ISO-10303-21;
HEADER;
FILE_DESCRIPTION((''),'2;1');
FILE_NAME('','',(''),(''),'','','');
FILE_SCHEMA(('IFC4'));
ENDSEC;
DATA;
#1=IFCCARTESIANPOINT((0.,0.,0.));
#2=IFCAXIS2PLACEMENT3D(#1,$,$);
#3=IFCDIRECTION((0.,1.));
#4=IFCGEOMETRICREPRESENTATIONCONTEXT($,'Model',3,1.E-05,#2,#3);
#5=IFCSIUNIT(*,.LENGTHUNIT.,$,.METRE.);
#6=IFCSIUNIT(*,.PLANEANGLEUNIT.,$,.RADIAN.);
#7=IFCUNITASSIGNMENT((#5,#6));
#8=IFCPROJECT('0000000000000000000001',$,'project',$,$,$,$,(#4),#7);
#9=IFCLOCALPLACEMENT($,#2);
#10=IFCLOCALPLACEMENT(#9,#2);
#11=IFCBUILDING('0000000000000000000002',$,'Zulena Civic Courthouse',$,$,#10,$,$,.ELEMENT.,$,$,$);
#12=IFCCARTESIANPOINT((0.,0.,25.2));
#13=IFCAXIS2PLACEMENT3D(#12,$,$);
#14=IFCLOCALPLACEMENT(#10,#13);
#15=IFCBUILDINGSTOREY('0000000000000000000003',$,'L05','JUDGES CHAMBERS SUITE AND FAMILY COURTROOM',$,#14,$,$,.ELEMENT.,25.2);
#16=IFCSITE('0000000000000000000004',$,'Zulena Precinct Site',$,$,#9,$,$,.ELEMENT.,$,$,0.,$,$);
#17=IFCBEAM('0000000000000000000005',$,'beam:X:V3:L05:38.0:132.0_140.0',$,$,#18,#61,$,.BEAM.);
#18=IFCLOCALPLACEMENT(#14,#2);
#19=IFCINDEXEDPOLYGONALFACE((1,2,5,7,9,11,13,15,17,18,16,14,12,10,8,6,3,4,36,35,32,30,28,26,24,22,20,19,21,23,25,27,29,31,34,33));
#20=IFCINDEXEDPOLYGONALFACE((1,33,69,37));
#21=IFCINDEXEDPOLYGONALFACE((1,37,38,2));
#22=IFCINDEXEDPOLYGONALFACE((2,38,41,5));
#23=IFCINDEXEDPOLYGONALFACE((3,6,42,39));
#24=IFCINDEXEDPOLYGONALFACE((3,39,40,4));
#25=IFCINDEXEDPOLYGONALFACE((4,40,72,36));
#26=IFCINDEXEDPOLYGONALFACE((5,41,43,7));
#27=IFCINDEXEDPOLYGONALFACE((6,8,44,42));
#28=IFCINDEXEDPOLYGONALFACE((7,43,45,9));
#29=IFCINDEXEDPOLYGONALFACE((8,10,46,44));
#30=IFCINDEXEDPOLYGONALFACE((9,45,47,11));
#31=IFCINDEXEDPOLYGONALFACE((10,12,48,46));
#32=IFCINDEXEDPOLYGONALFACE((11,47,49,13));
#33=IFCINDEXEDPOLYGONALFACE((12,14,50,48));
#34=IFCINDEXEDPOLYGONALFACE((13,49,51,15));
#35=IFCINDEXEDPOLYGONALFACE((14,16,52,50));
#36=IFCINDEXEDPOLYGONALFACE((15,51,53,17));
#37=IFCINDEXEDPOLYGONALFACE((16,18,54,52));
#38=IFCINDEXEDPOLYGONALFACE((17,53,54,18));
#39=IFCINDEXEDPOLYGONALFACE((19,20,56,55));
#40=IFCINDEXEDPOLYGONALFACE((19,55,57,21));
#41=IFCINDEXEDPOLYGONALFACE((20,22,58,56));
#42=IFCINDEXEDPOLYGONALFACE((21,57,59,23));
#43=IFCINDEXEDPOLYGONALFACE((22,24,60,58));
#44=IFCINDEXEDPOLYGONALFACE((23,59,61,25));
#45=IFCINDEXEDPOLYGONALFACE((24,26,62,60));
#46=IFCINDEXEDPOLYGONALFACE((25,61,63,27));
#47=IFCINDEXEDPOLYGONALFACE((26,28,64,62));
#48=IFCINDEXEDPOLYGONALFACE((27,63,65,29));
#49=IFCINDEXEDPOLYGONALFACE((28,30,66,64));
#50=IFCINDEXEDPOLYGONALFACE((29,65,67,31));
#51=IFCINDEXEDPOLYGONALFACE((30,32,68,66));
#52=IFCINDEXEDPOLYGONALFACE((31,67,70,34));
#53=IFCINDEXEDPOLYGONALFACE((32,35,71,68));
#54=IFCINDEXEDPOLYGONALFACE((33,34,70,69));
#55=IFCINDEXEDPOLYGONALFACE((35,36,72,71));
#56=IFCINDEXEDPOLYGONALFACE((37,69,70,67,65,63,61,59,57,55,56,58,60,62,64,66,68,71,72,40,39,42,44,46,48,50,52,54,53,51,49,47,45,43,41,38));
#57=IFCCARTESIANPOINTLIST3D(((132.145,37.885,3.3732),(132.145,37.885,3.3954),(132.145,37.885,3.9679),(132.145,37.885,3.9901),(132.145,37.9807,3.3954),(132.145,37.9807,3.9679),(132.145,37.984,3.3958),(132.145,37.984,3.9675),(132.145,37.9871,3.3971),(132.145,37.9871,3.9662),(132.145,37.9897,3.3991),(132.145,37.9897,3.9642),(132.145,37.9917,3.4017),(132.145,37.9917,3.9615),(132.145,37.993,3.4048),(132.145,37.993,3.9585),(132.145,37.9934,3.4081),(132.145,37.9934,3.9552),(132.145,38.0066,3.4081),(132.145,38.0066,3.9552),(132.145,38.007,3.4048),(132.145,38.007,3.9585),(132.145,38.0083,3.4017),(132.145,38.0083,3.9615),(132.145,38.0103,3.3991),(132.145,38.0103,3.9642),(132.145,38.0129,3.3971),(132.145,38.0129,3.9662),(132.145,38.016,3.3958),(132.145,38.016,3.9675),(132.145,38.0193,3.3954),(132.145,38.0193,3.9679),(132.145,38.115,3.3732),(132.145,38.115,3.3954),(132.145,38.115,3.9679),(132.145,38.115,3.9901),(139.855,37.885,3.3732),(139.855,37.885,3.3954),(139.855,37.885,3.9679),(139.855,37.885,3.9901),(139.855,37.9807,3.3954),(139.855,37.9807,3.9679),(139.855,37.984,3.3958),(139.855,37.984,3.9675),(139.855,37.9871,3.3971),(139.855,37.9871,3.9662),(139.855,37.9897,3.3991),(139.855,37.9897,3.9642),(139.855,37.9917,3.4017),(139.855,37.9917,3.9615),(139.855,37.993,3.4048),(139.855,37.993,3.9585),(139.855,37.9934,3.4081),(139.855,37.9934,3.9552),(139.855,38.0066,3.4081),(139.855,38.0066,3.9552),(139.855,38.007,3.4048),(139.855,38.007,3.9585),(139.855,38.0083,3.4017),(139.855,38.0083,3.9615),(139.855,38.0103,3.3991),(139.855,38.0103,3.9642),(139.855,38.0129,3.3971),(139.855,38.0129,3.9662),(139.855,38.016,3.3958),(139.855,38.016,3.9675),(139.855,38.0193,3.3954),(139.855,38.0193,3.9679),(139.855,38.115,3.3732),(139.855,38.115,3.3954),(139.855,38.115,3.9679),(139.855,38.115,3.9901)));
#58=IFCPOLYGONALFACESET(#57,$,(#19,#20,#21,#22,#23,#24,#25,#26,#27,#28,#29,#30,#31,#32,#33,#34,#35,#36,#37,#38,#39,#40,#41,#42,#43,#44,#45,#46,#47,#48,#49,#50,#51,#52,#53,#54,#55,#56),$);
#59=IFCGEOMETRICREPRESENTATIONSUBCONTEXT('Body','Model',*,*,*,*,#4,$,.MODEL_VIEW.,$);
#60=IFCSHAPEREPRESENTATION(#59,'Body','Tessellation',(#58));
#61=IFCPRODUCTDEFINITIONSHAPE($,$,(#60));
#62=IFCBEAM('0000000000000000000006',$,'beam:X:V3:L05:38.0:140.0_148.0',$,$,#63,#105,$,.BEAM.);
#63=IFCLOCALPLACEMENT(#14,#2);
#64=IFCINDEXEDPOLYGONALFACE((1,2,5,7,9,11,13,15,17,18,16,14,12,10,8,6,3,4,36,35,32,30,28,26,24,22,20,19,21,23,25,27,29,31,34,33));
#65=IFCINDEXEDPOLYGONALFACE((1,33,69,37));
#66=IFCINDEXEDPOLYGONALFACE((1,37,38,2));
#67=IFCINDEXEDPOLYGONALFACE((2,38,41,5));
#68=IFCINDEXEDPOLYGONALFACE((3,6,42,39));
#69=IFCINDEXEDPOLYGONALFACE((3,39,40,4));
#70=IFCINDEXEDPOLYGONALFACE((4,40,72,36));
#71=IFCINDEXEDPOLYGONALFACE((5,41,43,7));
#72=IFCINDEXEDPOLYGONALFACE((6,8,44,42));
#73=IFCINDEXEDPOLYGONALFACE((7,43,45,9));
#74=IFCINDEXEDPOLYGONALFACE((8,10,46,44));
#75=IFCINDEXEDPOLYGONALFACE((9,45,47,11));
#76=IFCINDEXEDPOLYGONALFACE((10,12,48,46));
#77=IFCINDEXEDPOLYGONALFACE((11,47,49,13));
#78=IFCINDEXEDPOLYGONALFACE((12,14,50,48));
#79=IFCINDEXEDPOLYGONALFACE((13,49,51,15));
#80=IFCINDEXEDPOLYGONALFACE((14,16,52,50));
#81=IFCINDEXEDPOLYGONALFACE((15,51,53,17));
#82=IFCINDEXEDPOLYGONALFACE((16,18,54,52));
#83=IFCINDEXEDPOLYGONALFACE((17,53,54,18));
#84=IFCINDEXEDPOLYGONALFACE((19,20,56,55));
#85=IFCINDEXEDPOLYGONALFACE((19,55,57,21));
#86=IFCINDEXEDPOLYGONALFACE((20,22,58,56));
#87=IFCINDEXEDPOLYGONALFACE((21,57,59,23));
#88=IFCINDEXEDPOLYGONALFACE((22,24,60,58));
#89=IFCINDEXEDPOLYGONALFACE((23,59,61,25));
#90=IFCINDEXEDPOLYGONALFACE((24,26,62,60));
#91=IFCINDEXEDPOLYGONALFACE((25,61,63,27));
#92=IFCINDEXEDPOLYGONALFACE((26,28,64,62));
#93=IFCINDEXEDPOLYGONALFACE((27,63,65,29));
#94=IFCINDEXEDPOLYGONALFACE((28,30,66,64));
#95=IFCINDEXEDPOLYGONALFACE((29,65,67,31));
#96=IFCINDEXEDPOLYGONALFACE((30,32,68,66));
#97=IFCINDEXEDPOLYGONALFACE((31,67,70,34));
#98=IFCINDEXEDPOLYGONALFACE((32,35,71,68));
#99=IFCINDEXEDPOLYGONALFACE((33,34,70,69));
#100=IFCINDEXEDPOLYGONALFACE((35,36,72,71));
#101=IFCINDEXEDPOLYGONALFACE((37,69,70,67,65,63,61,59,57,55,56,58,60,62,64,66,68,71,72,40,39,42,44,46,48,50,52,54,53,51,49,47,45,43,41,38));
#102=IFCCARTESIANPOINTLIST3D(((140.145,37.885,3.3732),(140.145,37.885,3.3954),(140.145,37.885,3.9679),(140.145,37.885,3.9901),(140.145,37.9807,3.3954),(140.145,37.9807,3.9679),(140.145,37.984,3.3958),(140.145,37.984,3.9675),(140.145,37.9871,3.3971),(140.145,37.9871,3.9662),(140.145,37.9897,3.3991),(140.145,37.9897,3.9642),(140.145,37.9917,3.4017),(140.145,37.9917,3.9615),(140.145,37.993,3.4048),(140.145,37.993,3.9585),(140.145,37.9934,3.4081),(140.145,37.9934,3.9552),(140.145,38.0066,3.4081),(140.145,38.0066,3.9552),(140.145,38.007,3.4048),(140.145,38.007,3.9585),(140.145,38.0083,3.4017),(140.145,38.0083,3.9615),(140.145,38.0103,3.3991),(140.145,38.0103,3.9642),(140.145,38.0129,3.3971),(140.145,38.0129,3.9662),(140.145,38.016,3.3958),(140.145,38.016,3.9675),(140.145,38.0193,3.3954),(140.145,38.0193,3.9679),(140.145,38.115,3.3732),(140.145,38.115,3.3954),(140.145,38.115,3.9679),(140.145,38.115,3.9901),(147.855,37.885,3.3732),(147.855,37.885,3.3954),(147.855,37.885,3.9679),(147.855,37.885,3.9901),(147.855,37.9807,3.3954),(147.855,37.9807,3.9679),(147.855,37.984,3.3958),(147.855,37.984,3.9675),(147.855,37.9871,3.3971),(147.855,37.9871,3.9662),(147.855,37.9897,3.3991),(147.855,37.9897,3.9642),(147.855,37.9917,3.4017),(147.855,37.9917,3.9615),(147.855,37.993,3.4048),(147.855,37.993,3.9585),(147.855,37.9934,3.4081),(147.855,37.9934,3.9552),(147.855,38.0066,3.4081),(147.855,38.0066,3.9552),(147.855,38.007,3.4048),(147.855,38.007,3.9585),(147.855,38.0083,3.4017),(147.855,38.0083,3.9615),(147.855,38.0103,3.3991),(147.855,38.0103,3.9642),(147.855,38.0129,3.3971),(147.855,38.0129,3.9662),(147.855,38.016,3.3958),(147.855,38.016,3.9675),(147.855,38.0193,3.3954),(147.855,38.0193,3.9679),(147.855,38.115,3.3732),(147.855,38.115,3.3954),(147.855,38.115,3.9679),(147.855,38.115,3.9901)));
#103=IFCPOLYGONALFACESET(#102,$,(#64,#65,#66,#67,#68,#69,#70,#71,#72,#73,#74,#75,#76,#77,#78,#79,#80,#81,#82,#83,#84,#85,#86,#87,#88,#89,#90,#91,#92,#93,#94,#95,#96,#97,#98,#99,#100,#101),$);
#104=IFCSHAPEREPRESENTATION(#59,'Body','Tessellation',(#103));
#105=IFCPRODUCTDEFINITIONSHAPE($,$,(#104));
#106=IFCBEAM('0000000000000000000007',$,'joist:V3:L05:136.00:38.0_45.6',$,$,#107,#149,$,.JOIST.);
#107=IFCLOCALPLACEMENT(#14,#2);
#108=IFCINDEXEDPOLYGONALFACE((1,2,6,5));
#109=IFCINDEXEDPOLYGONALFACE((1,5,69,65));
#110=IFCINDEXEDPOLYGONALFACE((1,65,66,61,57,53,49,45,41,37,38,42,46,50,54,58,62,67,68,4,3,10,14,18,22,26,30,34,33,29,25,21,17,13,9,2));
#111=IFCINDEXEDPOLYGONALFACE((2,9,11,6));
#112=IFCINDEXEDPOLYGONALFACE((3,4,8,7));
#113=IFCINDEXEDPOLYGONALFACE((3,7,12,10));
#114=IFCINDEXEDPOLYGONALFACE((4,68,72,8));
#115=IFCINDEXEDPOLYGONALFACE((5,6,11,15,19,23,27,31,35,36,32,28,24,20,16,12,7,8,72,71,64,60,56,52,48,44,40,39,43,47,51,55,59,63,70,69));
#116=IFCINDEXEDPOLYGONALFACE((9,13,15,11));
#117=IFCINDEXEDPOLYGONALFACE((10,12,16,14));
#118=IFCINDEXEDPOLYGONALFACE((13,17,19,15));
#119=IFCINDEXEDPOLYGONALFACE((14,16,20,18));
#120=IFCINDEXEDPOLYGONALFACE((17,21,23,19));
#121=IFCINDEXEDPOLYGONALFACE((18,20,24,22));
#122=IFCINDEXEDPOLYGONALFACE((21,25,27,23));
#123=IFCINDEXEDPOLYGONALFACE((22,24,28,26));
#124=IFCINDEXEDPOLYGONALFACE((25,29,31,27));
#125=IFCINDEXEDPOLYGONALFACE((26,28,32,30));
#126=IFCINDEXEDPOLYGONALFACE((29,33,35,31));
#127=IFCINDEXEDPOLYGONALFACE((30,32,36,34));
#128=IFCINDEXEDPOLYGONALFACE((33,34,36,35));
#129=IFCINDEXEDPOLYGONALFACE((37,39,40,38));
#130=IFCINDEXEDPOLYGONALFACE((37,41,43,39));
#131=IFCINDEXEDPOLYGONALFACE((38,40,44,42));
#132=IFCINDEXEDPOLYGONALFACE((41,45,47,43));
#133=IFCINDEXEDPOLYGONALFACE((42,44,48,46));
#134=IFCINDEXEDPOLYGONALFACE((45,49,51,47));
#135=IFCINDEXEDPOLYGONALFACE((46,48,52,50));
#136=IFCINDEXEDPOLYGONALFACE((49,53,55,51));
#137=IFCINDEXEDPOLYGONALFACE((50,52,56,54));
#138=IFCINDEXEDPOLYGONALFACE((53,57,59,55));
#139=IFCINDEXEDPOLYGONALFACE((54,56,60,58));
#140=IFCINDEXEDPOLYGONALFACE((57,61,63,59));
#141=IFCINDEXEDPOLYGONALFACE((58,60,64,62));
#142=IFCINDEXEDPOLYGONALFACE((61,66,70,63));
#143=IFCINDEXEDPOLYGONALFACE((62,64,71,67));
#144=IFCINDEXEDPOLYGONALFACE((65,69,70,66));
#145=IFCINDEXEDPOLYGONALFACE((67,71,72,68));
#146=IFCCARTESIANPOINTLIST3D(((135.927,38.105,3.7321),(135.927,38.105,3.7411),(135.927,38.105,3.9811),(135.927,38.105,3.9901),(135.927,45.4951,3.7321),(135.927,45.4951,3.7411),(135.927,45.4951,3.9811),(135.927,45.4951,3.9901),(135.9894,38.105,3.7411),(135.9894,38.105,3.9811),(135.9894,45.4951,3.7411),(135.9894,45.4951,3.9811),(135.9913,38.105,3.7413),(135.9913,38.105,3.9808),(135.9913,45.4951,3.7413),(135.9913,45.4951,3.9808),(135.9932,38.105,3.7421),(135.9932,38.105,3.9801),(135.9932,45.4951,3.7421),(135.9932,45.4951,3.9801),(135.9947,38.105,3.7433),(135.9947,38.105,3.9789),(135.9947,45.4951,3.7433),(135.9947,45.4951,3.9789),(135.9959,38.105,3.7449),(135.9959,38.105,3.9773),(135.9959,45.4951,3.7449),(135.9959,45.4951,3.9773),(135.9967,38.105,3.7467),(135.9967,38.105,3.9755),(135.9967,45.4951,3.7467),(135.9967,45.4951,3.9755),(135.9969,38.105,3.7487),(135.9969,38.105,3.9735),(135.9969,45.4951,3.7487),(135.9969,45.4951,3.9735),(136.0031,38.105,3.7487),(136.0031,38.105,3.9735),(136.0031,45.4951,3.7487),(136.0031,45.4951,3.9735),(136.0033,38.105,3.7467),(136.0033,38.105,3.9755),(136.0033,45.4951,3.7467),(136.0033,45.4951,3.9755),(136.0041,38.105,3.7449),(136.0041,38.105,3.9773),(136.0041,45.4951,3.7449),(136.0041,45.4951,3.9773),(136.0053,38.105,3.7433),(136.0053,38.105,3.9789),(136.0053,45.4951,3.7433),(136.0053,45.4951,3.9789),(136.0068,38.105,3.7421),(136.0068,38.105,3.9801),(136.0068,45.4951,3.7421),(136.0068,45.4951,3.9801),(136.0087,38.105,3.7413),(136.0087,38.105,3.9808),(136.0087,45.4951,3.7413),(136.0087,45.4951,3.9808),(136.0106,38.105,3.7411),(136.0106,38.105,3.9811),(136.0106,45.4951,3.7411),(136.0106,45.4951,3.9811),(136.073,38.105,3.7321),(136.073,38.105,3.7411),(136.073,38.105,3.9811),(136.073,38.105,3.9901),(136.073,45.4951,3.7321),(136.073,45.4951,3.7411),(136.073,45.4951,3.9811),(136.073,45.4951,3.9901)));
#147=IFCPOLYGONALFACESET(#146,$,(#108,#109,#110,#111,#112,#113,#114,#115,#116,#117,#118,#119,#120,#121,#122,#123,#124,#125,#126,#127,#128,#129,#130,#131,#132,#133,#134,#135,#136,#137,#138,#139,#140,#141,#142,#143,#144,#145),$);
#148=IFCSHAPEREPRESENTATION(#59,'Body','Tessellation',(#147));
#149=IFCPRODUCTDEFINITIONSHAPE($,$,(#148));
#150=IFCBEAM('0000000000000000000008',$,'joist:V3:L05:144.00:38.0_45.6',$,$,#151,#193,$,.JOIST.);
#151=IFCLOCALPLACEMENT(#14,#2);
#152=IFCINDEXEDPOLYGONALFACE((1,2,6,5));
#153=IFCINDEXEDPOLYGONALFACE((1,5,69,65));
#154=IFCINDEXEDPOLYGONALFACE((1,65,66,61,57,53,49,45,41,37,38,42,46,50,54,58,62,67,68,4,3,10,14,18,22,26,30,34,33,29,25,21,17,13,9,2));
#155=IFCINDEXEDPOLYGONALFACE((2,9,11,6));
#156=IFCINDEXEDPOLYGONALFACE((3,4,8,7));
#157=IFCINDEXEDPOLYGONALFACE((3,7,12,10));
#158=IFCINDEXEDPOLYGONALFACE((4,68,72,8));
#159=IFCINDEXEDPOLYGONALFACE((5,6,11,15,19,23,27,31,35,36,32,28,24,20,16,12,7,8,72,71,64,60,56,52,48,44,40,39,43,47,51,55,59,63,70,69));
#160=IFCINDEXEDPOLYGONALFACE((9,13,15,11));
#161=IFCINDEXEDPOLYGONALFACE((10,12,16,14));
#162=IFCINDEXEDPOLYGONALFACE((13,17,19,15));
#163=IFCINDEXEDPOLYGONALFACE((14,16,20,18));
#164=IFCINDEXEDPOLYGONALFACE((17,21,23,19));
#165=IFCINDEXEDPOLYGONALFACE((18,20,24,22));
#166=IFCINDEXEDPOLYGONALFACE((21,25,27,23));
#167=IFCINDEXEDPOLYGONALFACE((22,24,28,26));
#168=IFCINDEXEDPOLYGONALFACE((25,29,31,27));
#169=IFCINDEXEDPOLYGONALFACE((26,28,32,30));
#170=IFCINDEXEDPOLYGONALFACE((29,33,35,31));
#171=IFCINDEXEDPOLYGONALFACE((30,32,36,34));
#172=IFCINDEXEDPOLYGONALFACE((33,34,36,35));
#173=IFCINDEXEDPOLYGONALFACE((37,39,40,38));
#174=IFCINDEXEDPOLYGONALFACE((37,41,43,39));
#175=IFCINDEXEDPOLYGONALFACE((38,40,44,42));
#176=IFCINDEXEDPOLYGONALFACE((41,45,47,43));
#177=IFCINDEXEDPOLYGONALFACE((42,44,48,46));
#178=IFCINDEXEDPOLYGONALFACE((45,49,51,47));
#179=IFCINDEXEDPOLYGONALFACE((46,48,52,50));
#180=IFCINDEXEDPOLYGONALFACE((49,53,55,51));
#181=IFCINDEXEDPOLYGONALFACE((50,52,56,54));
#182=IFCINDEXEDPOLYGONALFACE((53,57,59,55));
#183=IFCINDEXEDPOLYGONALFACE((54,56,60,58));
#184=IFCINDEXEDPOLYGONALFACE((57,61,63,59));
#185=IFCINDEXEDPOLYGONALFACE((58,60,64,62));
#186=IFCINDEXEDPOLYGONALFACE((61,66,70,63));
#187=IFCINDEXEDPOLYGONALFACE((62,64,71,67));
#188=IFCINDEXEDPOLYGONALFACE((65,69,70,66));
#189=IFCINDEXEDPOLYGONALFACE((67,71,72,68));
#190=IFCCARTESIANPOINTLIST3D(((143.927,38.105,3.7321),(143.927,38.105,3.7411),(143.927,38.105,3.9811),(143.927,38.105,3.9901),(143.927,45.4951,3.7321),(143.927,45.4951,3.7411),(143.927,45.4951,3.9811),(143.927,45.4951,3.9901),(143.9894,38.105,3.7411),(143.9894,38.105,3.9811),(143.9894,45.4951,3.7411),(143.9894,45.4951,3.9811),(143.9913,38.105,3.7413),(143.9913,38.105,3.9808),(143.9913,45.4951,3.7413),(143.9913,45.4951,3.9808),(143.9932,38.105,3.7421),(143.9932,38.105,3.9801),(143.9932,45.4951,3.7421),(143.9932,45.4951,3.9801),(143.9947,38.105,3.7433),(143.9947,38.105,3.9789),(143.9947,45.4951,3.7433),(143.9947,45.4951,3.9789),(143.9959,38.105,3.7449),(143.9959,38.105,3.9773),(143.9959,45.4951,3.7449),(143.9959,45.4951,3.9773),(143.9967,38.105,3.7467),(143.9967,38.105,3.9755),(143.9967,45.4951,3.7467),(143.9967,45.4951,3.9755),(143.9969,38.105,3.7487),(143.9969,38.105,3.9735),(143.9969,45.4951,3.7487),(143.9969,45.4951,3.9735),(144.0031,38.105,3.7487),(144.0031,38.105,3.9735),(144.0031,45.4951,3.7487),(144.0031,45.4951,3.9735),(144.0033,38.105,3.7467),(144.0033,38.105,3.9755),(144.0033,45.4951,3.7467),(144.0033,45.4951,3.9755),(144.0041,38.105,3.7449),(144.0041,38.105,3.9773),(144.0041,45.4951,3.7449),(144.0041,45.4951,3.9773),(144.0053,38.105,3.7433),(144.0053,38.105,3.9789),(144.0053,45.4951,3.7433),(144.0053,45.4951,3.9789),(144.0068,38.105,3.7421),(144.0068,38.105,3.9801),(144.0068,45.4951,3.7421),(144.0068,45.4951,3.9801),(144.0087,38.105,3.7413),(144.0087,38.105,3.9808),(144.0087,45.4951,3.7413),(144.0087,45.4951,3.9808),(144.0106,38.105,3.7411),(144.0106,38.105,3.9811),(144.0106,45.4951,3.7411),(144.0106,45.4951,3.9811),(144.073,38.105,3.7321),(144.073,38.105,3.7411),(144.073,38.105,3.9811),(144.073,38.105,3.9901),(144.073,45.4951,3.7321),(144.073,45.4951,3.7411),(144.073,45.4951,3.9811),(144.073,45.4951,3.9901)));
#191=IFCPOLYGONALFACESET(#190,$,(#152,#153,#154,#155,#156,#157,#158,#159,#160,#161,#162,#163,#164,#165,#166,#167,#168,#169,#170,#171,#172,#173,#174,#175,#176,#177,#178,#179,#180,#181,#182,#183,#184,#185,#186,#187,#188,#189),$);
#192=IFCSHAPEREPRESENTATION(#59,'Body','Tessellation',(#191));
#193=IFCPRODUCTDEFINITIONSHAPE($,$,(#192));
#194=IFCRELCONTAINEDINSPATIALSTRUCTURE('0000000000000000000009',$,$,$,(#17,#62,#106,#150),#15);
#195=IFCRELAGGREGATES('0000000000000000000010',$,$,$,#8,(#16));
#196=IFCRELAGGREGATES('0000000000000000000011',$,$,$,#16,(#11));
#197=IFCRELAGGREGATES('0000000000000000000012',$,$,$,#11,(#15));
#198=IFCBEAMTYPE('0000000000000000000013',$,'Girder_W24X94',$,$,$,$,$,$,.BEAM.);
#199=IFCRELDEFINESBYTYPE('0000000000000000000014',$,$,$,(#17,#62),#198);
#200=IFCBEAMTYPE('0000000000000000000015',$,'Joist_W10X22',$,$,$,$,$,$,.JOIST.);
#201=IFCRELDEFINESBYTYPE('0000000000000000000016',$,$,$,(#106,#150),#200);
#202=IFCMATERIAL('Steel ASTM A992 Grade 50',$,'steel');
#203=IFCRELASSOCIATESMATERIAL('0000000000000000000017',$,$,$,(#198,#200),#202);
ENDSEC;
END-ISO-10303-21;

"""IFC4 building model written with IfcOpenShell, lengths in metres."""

from ifc_helpers import new_model, si_unit, direction, frame, origin, origin_2d, place, context, subcontext, project, spatial, i_section, extrude, material, material_profile, profile_set, type_object, element, save


model = new_model("IFC4")

# Units and contexts
model_context = context("Model", 3, precision=1e-05, world=origin(), true_north=direction((0.0, 1.0)))
body_context = subcontext(model_context, "Body", "Model", "MODEL_VIEW")
ifc_project = project(units=[si_unit("LENGTHUNIT", "METRE"), si_unit("PLANEANGLEUNIT", "RADIAN")], contexts=[model_context])

# Site, building, storey
site_placement = place(None, origin())
site = spatial("IfcSite", under=ifc_project, at=site_placement, Name="Zulena Precinct Site", CompositionType="ELEMENT", RefElevation=0.0)
building_placement = place(site_placement, origin())
building = spatial("IfcBuilding", under=site, at=building_placement, Name="Zulena Civic Courthouse", CompositionType="ELEMENT")
storey_placement = place(building_placement, frame((0.0, 0.0, 25.2)))
storey = spatial("IfcBuildingStorey", under=building, at=storey_placement, Name="L05", Description="JUDGES CHAMBERS SUITE AND FAMILY COURTROOM", CompositionType="ELEMENT", Elevation=25.2)

# Shared definitions
ifc_material_1 = material(Name="Steel ASTM A992 Grade 50", Category="steel")

# Beams
ifc_material_profile_1 = material_profile(ifc_material_1, i_section(OverallWidth=0.23, OverallDepth=0.6169, WebThickness=0.0132, FlangeThickness=0.0222, FilletRadius=0.0127, at=origin_2d()), Name="W24X94")
ifc_profile_set_1 = profile_set([ifc_material_profile_1], Name="Steel ASTM A992 Grade 50")
beam_type_1 = type_object("IfcBeamType", Name="Girder_W24X94", PredefinedType="BEAM", material=ifc_profile_set_1)
for number, where, z_axis, x_axis, name in (
    (1, (132.145, 38.0, 3.6816), (1.0, 0.0, 0.0), (0.0, 1.0, 0.0), "beam:X:V3:L05:38.0:132.0_140.0"),
    (2, (140.145, 38.0, 3.6816), (1.0, 0.0, 0.0), (0.0, 1.0, 0.0), "beam:X:V3:L05:38.0:140.0_148.0"),
):
    element("IfcBeam", number, at=place(storey_placement, frame(where, z_axis=z_axis, x_axis=x_axis)), inside=storey, type_object=beam_type_1, Name=name, PredefinedType="BEAM", context=body_context, shape_type="SweptSolid", body=[
        extrude(i_section(OverallWidth=0.23, OverallDepth=0.6169, WebThickness=0.0132, FlangeThickness=0.0222, FilletRadius=0.0127, at=origin_2d()), origin(), (0.0, 0.0, 1.0), 7.71),
    ])
ifc_material_profile_2 = material_profile(ifc_material_1, i_section(OverallWidth=0.146, OverallDepth=0.2581, WebThickness=0.0061, FlangeThickness=0.009, FilletRadius=0.0076, at=origin_2d()), Name="W10X22")
ifc_profile_set_2 = profile_set([ifc_material_profile_2], Name="Steel ASTM A992 Grade 50")
beam_type_2 = type_object("IfcBeamType", Name="Joist_W10X22", PredefinedType="JOIST", material=ifc_profile_set_2)
for number, where, z_axis, x_axis, name in (
    (3, (136.0, 38.105, 3.8611), (0.0, 1.0, 0.0), (-1.0, 0.0, 0.0), "joist:V3:L05:136.00:38.0_45.6"),
    (4, (144.0, 38.105, 3.8611), (0.0, 1.0, 0.0), (-1.0, 0.0, 0.0), "joist:V3:L05:144.00:38.0_45.6"),
):
    element("IfcBeam", number, at=place(storey_placement, frame(where, z_axis=z_axis, x_axis=x_axis)), inside=storey, type_object=beam_type_2, Name=name, PredefinedType="JOIST", context=body_context, shape_type="SweptSolid", body=[
        extrude(i_section(OverallWidth=0.146, OverallDepth=0.2581, WebThickness=0.0061, FlangeThickness=0.009, FilletRadius=0.0076, at=origin_2d()), origin(), (0.0, 0.0, 1.0), 7.3901),
    ])

save(model, "model.ifc")
